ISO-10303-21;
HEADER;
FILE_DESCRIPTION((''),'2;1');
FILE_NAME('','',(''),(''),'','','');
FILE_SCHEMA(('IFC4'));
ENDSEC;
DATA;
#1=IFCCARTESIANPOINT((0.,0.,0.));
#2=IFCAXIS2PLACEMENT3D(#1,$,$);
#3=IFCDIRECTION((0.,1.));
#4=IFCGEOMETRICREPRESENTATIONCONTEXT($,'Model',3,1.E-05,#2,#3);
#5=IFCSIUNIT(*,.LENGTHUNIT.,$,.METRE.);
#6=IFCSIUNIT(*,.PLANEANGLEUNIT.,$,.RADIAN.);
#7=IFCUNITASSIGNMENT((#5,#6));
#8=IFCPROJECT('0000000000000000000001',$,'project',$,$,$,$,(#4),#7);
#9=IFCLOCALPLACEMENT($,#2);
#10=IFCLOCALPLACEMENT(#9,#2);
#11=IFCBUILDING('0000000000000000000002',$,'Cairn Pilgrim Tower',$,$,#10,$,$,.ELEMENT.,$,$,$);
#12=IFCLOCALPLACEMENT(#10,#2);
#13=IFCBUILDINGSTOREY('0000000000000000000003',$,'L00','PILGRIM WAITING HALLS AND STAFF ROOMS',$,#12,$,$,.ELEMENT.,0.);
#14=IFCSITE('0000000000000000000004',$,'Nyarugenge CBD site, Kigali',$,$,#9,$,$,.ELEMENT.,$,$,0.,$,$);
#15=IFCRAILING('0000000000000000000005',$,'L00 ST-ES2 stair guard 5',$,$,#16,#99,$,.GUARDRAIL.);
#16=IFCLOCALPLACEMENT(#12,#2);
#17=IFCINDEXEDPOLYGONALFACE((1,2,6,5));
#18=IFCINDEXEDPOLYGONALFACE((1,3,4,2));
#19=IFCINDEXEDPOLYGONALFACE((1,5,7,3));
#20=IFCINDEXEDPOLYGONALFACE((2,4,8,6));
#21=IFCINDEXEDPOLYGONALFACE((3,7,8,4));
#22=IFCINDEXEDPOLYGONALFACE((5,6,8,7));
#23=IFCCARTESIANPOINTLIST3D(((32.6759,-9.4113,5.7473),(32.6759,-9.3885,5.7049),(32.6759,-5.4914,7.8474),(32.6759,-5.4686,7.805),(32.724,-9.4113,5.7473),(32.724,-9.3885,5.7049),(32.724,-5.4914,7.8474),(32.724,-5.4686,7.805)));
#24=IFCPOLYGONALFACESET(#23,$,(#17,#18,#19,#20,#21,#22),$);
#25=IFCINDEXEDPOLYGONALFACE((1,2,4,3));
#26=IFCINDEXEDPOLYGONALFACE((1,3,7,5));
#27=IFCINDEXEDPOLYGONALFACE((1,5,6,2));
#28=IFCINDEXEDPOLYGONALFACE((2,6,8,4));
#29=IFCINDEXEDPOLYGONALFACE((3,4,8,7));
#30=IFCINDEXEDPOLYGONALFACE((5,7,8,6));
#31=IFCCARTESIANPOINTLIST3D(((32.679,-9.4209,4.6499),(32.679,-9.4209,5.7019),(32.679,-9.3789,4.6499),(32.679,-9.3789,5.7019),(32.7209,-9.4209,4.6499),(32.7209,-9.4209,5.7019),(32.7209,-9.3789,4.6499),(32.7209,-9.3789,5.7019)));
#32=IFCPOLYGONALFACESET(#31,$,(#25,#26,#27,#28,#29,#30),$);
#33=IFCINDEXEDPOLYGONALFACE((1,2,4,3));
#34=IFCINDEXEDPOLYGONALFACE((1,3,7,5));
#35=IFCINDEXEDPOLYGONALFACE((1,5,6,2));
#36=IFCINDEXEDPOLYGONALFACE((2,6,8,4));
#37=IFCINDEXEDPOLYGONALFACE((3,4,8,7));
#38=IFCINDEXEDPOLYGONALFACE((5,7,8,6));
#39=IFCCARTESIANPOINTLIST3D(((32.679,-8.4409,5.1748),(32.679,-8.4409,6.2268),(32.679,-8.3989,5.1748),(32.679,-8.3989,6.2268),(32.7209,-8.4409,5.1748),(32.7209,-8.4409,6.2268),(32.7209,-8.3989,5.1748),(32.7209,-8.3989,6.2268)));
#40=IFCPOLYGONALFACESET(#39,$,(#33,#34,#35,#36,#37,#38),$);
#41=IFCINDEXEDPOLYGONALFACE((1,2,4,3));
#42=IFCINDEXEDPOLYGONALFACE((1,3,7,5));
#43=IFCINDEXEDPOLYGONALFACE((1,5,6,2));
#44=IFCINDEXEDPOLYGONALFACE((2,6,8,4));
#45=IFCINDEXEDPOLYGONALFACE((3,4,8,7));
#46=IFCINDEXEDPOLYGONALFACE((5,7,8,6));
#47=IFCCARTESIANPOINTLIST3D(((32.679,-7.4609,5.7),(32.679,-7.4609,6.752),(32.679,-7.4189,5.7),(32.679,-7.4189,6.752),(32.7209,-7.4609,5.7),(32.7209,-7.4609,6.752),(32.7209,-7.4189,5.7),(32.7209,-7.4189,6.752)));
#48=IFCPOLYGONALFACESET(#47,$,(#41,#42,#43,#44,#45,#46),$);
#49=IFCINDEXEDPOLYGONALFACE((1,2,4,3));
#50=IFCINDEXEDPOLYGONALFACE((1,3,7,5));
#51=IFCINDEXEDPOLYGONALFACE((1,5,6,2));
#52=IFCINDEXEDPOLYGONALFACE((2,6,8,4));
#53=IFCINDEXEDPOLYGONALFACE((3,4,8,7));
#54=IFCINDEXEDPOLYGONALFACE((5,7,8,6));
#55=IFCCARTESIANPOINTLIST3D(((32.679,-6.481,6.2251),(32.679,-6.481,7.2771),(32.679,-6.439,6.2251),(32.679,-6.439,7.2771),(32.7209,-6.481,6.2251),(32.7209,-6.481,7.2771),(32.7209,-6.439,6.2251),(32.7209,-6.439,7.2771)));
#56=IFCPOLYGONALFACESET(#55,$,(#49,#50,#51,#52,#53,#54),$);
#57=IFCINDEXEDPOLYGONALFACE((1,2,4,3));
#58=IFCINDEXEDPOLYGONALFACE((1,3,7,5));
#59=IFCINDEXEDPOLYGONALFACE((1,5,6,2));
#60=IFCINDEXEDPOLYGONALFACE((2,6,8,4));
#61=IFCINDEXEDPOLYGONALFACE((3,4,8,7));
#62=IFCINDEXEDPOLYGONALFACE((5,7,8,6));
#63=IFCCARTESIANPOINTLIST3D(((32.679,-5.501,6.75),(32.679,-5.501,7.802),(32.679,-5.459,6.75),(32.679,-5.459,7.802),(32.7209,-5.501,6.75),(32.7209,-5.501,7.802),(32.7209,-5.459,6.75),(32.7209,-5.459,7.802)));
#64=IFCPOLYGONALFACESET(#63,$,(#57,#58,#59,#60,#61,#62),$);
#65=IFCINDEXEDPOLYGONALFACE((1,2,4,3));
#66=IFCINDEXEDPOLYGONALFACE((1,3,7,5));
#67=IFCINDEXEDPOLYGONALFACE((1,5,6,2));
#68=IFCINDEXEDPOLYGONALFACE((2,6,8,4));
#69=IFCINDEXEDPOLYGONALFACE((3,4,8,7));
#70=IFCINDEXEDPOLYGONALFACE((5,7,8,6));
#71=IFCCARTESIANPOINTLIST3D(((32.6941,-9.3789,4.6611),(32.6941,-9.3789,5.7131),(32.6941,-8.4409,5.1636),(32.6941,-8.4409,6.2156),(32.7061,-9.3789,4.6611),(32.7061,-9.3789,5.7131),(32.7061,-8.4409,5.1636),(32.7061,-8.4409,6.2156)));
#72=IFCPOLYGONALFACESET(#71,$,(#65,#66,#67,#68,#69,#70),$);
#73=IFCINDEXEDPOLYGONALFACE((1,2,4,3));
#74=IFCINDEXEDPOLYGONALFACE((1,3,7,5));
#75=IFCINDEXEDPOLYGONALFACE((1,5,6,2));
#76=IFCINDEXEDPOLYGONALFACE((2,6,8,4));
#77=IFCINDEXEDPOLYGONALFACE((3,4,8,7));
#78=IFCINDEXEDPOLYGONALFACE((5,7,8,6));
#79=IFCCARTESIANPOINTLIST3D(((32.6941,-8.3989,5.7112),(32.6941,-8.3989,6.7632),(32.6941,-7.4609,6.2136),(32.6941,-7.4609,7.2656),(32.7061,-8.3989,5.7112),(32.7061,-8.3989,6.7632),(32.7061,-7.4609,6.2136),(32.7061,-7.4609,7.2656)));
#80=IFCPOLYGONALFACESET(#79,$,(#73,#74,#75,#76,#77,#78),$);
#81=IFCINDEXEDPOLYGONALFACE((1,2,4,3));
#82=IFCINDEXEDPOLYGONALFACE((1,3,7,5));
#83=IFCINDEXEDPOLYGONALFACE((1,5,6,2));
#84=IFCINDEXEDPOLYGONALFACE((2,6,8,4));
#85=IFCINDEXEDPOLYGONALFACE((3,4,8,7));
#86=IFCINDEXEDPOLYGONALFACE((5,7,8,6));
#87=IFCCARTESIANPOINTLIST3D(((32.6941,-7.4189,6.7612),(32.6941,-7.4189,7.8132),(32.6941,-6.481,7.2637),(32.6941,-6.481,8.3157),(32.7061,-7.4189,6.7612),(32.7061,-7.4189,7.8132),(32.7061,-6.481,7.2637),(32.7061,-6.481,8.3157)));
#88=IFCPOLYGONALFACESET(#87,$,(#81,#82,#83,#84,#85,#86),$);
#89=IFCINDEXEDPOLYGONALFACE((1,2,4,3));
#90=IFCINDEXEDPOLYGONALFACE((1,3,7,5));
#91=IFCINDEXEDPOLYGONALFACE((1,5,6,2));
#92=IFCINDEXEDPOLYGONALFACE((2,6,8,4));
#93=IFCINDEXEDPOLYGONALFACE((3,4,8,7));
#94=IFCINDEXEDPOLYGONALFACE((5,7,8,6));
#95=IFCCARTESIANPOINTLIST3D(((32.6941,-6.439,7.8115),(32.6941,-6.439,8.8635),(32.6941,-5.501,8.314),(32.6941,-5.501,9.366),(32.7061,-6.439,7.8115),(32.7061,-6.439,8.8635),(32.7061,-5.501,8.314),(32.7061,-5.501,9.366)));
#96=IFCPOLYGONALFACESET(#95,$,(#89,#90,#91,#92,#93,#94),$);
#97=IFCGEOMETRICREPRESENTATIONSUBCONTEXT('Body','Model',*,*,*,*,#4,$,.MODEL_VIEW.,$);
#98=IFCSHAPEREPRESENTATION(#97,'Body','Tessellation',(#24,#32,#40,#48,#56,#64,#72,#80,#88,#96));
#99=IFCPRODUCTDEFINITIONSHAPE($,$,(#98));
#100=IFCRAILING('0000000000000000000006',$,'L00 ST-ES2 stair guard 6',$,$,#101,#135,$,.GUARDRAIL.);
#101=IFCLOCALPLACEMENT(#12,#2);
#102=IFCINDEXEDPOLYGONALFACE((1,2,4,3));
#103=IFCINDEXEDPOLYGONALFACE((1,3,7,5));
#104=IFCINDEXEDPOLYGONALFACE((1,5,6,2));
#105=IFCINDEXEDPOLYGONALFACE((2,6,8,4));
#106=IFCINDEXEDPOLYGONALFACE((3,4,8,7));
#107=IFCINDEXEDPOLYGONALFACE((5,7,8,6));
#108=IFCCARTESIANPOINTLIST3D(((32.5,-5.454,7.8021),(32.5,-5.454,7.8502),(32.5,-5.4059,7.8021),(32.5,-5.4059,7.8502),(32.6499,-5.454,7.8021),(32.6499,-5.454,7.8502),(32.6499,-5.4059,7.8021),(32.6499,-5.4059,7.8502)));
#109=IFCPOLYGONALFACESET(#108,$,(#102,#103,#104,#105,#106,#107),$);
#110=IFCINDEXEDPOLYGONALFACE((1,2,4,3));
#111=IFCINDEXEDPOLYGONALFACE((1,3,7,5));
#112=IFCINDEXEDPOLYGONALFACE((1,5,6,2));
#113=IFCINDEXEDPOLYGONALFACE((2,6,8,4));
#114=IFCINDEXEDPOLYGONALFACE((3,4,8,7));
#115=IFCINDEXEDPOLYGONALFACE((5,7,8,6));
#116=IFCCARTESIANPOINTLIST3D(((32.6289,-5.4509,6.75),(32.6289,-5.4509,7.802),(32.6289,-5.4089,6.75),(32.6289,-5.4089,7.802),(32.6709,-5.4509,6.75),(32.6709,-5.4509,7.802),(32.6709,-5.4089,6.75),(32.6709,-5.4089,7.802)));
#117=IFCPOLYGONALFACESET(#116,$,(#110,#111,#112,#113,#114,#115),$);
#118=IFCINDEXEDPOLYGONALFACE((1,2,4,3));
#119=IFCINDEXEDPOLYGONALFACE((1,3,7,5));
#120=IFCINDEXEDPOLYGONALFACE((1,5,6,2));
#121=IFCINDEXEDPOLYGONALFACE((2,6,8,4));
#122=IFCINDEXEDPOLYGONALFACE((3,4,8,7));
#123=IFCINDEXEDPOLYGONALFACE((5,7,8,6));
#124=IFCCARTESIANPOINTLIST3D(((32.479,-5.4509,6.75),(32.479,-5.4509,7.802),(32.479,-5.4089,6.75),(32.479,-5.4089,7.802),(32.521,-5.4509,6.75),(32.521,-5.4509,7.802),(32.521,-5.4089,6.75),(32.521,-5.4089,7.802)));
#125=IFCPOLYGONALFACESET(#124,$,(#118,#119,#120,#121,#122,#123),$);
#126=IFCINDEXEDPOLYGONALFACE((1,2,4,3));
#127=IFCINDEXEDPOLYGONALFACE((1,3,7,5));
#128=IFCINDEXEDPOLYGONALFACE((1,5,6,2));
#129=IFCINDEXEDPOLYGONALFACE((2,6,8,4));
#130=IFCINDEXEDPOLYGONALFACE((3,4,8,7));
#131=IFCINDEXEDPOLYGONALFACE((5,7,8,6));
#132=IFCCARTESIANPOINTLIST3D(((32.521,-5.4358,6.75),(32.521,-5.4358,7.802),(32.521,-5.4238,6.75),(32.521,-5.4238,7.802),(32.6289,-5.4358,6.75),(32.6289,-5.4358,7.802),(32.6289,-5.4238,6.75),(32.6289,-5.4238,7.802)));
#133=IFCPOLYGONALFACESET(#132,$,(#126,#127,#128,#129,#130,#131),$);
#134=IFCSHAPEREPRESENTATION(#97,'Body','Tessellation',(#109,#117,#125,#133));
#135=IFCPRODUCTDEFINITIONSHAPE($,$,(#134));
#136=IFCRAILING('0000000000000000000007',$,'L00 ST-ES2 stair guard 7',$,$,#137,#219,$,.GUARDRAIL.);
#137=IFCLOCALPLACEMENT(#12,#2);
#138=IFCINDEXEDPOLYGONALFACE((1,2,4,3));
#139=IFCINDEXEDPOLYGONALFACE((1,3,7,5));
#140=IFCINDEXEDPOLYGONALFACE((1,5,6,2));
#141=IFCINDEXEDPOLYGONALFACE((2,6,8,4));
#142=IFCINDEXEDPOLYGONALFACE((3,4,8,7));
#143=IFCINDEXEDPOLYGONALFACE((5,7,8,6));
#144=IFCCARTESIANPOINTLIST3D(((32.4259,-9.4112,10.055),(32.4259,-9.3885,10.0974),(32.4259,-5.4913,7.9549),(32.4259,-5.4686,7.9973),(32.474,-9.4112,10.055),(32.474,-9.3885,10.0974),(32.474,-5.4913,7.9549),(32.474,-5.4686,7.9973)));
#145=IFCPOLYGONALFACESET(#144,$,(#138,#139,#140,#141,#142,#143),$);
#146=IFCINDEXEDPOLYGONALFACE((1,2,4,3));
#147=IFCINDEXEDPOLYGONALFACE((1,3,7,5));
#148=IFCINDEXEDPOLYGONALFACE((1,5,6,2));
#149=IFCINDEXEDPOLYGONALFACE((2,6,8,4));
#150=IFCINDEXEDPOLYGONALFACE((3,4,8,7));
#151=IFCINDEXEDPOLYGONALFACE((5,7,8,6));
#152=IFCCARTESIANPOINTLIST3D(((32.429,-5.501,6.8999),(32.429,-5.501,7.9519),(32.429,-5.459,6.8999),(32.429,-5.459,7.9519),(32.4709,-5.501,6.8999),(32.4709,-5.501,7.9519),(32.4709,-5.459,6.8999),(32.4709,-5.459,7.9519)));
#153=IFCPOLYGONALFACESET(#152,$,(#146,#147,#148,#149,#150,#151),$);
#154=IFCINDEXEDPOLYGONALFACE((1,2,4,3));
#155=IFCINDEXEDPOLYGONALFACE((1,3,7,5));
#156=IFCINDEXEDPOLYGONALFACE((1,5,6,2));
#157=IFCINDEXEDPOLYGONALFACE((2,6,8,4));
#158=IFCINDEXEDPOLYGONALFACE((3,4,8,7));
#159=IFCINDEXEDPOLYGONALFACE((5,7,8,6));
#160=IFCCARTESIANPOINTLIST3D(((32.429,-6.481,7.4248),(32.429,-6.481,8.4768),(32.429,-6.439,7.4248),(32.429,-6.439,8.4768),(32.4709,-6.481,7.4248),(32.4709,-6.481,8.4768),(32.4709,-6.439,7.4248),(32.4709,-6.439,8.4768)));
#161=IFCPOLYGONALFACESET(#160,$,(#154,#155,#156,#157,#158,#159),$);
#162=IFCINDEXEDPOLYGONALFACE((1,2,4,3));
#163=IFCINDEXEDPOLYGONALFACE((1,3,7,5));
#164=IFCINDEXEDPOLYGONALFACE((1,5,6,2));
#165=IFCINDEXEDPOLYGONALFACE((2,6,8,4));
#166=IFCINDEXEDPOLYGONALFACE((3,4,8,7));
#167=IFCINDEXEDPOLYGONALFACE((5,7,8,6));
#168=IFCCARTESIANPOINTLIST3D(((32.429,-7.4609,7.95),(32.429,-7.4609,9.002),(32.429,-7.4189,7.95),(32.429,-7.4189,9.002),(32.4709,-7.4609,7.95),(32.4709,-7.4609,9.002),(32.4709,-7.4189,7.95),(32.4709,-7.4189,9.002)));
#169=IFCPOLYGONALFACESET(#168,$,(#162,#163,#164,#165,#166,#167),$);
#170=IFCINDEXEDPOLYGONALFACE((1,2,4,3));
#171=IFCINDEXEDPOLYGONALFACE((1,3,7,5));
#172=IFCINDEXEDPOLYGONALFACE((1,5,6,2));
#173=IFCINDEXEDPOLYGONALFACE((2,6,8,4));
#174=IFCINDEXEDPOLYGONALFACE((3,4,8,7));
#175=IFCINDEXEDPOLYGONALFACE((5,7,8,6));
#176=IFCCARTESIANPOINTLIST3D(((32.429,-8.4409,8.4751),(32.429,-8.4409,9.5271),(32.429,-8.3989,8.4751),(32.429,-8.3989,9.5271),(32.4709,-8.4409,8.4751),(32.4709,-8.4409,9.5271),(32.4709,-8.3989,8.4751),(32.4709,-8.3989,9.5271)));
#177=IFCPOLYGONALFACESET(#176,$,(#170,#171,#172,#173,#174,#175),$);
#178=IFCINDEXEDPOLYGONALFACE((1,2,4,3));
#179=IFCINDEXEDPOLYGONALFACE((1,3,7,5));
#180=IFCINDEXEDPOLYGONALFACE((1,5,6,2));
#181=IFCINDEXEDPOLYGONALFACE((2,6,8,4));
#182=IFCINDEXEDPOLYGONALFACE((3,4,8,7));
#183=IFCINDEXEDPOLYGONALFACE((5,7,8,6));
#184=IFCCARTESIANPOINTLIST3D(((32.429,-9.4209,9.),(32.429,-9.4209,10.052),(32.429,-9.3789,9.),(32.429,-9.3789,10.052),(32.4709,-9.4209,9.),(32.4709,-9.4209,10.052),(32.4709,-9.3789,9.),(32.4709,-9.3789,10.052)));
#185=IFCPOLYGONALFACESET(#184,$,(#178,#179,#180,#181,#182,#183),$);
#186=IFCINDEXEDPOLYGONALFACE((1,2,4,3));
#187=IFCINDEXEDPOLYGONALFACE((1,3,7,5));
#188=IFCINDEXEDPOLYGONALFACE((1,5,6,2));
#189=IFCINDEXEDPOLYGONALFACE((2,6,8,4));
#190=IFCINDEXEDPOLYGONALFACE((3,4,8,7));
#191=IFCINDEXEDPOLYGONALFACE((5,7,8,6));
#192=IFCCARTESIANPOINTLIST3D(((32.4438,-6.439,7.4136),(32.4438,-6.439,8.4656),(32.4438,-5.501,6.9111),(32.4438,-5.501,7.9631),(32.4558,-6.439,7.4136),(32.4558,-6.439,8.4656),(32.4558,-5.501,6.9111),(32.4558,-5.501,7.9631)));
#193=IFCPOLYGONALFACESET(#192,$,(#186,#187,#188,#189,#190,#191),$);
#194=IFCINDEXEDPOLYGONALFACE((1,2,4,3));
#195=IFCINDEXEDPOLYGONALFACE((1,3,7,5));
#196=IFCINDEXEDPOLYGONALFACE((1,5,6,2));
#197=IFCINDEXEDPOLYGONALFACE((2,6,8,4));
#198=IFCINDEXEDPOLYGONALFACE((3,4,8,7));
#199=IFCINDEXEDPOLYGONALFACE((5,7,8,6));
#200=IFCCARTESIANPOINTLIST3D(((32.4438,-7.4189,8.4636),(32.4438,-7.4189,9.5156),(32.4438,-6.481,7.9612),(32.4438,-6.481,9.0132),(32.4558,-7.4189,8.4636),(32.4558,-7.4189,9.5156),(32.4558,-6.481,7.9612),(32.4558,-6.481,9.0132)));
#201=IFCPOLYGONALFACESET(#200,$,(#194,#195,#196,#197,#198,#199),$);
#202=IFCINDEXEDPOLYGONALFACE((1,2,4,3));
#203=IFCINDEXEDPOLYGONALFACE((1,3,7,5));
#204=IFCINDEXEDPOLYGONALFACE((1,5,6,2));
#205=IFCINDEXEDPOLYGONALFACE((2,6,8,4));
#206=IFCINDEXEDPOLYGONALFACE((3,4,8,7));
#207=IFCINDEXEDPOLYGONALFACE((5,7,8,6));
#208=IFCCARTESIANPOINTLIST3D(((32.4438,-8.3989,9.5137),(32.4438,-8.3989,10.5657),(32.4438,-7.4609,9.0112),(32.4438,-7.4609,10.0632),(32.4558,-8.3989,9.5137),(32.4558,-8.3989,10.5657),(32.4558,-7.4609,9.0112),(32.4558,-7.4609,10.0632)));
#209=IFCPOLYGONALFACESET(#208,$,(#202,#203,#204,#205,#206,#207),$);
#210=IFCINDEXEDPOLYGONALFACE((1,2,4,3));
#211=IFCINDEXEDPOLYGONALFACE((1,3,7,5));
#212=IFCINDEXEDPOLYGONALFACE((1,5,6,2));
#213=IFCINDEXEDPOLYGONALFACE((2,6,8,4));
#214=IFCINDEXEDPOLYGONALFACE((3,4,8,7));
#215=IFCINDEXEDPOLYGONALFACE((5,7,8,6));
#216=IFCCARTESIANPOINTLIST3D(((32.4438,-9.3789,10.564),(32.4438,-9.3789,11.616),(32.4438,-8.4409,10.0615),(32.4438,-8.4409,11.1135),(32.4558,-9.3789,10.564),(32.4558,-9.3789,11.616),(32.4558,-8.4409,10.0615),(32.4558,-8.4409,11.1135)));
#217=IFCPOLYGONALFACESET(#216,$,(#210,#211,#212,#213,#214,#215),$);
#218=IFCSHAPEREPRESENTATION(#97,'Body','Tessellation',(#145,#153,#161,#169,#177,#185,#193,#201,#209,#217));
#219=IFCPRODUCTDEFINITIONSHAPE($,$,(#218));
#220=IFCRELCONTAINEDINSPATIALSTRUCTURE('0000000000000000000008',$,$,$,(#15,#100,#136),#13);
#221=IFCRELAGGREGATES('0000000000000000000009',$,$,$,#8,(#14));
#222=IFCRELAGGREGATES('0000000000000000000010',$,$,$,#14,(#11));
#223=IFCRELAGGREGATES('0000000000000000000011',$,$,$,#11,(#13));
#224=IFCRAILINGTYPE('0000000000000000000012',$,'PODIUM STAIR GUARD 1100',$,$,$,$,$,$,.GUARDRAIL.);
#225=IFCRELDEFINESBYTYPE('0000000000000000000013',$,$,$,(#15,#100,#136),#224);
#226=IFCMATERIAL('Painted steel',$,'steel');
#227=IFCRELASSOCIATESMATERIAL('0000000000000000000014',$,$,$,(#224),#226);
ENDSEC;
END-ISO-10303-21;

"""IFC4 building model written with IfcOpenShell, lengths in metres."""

from ifc_helpers import new_model, si_unit, direction, frame, origin, origin_2d, place, context, subcontext, project, spatial, polyline, rectangle, outline, extrude, material, type_object, element, save


model = new_model("IFC4")

# Units and contexts
model_context = context("Model", 3, precision=1e-05, world=origin(), true_north=direction((0.0, 1.0)))
body_context = subcontext(model_context, "Body", "Model", "MODEL_VIEW")
ifc_project = project(units=[si_unit("LENGTHUNIT", "METRE"), si_unit("PLANEANGLEUNIT", "RADIAN")], contexts=[model_context])

# Site, building, storey
site_placement = place(None, origin())
site = spatial("IfcSite", under=ifc_project, at=site_placement, Name="Nyarugenge CBD site, Kigali", CompositionType="ELEMENT", RefElevation=0.0)
building_placement = place(site_placement, origin())
building = spatial("IfcBuilding", under=site, at=building_placement, Name="Cairn Pilgrim Tower", CompositionType="ELEMENT")
storey_placement = place(building_placement, origin())
storey = spatial("IfcBuildingStorey", under=building, at=storey_placement, Name="L00", Description="PILGRIM WAITING HALLS AND STAFF ROOMS", CompositionType="ELEMENT", Elevation=0.0)

# Railings
ifc_material_1 = material(Name="Painted steel", Category="steel")
railing_type_1 = type_object("IfcRailingType", Name="PODIUM STAIR GUARD 1100", PredefinedType="GUARDRAIL", material=ifc_material_1)
railing_1_placement = place(storey_placement, frame((32.7, -9.3999, 4.6499)))
element("IfcRailing", 1, at=railing_1_placement, inside=storey, type_object=railing_type_1, Name="L00 ST-ES2 stair guard 5", PredefinedType="GUARDRAIL", context=body_context, shape_type="SweptSolid", body=[
    extrude(rectangle(XDim=0.0481, YDim=0.0481, at=origin_2d()), frame((0.0, 0.0, 1.0762), z_axis=(0.0, 0.881467, 0.472246), x_axis=(-1.0, 0.0, 0.0)), (0.0, 0.0, 1.0), 4.447),
    extrude(rectangle(XDim=0.042, YDim=0.042, at=origin_2d()), origin(), (0.0, 0.0, 1.0), 1.052),
    extrude(rectangle(XDim=0.042, YDim=0.042, at=origin_2d()), frame((0.0, 0.98, 0.5249)), (0.0, 0.0, 1.0), 1.052),
    extrude(rectangle(XDim=0.042, YDim=0.042, at=origin_2d()), frame((0.0, 1.96, 1.05)), (0.0, 0.0, 1.0), 1.052),
    extrude(rectangle(XDim=0.042, YDim=0.042, at=origin_2d()), frame((0.0, 2.9399, 1.5752)), (0.0, 0.0, 1.0), 1.052),
    extrude(rectangle(XDim=0.042, YDim=0.042, at=origin_2d()), frame((0.0, 3.9199, 2.1001)), (0.0, 0.0, 1.0), 1.052),
    extrude(outline(polyline([(0.021, 0.0112), (0.959, 0.5137), (0.959, 1.5657), (0.021, 1.0632), (0.021, 0.0112)])), frame((-0.0059, 0.0, 0.0), z_axis=(1.0, 0.0, 0.0), x_axis=(0.0, 1.0, 0.0)), (0.0, 0.0, 1.0), 0.012),
    extrude(outline(polyline([(0.021, 0.5364), (0.959, 1.0388), (0.959, 2.0908), (0.021, 1.5884), (0.021, 0.5364)])), frame((-0.0059, 0.98, 0.5249), z_axis=(1.0, 0.0, 0.0), x_axis=(0.0, 1.0, 0.0)), (0.0, 0.0, 1.0), 0.012),
    extrude(outline(polyline([(0.021, 1.0613), (0.959, 1.5637), (0.959, 2.6157), (0.021, 2.1133), (0.021, 1.0613)])), frame((-0.0059, 1.96, 1.05), z_axis=(1.0, 0.0, 0.0), x_axis=(0.0, 1.0, 0.0)), (0.0, 0.0, 1.0), 0.012),
    extrude(outline(polyline([(0.021, 1.5864), (0.959, 2.0889), (0.959, 3.1409), (0.021, 2.6384), (0.021, 1.5864)])), frame((-0.0059, 2.9399, 1.5752), z_axis=(1.0, 0.0, 0.0), x_axis=(0.0, 1.0, 0.0)), (0.0, 0.0, 1.0), 0.012),
])
railing_2_placement = place(storey_placement, frame((32.6499, -5.4299, 6.75)))
element("IfcRailing", 2, at=railing_2_placement, inside=storey, type_object=railing_type_1, Name="L00 ST-ES2 stair guard 6", PredefinedType="GUARDRAIL", context=body_context, shape_type="SweptSolid", body=[
    extrude(rectangle(XDim=0.0481, YDim=0.0481, at=origin_2d()), frame((0.0, 0.0, 1.0762), z_axis=(-1.0, 0.0, 0.0), x_axis=(0.0, -1.0, 0.0)), (0.0, 0.0, 1.0), 0.1499),
    extrude(rectangle(XDim=0.042, YDim=0.042, at=origin_2d()), origin(), (0.0, 0.0, 1.0), 1.052),
    extrude(rectangle(XDim=0.042, YDim=0.042, at=origin_2d()), frame((-0.1499, 0.0, 0.0)), (0.0, 0.0, 1.0), 1.052),
    extrude(outline(polyline([(0.021, 0.0), (0.1289, 0.0), (0.1289, 1.052), (0.021, 1.052), (0.021, 0.0)])), frame((0.0, -0.0059, 0.0), z_axis=(0.0, 1.0, 0.0), x_axis=(-1.0, 0.0, 0.0)), (0.0, 0.0, 1.0), 0.012),
])
railing_3_placement = place(storey_placement, frame((32.45, -5.48, 6.8999)))
element("IfcRailing", 3, at=railing_3_placement, inside=storey, type_object=railing_type_1, Name="L00 ST-ES2 stair guard 7", PredefinedType="GUARDRAIL", context=body_context, shape_type="SweptSolid", body=[
    extrude(rectangle(XDim=0.0481, YDim=0.0481, at=origin_2d()), frame((0.0, 0.0, 1.0762), z_axis=(0.0, -0.881467, 0.472246), x_axis=(1.0, 0.0, 0.0)), (0.0, 0.0, 1.0), 4.447),
    extrude(rectangle(XDim=0.042, YDim=0.042, at=origin_2d()), origin(), (0.0, 0.0, 1.0), 1.052),
    extrude(rectangle(XDim=0.042, YDim=0.042, at=origin_2d()), frame((0.0, -0.98, 0.5249)), (0.0, 0.0, 1.0), 1.052),
    extrude(rectangle(XDim=0.042, YDim=0.042, at=origin_2d()), frame((0.0, -1.96, 1.05)), (0.0, 0.0, 1.0), 1.052),
    extrude(rectangle(XDim=0.042, YDim=0.042, at=origin_2d()), frame((0.0, -2.9399, 1.5752)), (0.0, 0.0, 1.0), 1.052),
    extrude(rectangle(XDim=0.042, YDim=0.042, at=origin_2d()), frame((0.0, -3.9199, 2.1001)), (0.0, 0.0, 1.0), 1.052),
    extrude(outline(polyline([(0.021, 0.0112), (0.959, 0.5137), (0.959, 1.5657), (0.021, 1.0632), (0.021, 0.0112)])), frame((0.0059, 0.0, 0.0), z_axis=(-1.0, 0.0, 0.0), x_axis=(0.0, -1.0, 0.0)), (0.0, 0.0, 1.0), 0.012),
    extrude(outline(polyline([(0.021, 0.5364), (0.959, 1.0388), (0.959, 2.0908), (0.021, 1.5884), (0.021, 0.5364)])), frame((0.0059, -0.98, 0.5249), z_axis=(-1.0, 0.0, 0.0), x_axis=(0.0, -1.0, 0.0)), (0.0, 0.0, 1.0), 0.012),
    extrude(outline(polyline([(0.021, 1.0613), (0.959, 1.5637), (0.959, 2.6157), (0.021, 2.1133), (0.021, 1.0613)])), frame((0.0059, -1.96, 1.05), z_axis=(-1.0, 0.0, 0.0), x_axis=(0.0, -1.0, 0.0)), (0.0, 0.0, 1.0), 0.012),
    extrude(outline(polyline([(0.021, 1.5864), (0.959, 2.0889), (0.959, 3.1409), (0.021, 2.6384), (0.021, 1.5864)])), frame((0.0059, -2.9399, 1.5752), z_axis=(-1.0, 0.0, 0.0), x_axis=(0.0, -1.0, 0.0)), (0.0, 0.0, 1.0), 0.012),
])

save(model, "model.ifc")
